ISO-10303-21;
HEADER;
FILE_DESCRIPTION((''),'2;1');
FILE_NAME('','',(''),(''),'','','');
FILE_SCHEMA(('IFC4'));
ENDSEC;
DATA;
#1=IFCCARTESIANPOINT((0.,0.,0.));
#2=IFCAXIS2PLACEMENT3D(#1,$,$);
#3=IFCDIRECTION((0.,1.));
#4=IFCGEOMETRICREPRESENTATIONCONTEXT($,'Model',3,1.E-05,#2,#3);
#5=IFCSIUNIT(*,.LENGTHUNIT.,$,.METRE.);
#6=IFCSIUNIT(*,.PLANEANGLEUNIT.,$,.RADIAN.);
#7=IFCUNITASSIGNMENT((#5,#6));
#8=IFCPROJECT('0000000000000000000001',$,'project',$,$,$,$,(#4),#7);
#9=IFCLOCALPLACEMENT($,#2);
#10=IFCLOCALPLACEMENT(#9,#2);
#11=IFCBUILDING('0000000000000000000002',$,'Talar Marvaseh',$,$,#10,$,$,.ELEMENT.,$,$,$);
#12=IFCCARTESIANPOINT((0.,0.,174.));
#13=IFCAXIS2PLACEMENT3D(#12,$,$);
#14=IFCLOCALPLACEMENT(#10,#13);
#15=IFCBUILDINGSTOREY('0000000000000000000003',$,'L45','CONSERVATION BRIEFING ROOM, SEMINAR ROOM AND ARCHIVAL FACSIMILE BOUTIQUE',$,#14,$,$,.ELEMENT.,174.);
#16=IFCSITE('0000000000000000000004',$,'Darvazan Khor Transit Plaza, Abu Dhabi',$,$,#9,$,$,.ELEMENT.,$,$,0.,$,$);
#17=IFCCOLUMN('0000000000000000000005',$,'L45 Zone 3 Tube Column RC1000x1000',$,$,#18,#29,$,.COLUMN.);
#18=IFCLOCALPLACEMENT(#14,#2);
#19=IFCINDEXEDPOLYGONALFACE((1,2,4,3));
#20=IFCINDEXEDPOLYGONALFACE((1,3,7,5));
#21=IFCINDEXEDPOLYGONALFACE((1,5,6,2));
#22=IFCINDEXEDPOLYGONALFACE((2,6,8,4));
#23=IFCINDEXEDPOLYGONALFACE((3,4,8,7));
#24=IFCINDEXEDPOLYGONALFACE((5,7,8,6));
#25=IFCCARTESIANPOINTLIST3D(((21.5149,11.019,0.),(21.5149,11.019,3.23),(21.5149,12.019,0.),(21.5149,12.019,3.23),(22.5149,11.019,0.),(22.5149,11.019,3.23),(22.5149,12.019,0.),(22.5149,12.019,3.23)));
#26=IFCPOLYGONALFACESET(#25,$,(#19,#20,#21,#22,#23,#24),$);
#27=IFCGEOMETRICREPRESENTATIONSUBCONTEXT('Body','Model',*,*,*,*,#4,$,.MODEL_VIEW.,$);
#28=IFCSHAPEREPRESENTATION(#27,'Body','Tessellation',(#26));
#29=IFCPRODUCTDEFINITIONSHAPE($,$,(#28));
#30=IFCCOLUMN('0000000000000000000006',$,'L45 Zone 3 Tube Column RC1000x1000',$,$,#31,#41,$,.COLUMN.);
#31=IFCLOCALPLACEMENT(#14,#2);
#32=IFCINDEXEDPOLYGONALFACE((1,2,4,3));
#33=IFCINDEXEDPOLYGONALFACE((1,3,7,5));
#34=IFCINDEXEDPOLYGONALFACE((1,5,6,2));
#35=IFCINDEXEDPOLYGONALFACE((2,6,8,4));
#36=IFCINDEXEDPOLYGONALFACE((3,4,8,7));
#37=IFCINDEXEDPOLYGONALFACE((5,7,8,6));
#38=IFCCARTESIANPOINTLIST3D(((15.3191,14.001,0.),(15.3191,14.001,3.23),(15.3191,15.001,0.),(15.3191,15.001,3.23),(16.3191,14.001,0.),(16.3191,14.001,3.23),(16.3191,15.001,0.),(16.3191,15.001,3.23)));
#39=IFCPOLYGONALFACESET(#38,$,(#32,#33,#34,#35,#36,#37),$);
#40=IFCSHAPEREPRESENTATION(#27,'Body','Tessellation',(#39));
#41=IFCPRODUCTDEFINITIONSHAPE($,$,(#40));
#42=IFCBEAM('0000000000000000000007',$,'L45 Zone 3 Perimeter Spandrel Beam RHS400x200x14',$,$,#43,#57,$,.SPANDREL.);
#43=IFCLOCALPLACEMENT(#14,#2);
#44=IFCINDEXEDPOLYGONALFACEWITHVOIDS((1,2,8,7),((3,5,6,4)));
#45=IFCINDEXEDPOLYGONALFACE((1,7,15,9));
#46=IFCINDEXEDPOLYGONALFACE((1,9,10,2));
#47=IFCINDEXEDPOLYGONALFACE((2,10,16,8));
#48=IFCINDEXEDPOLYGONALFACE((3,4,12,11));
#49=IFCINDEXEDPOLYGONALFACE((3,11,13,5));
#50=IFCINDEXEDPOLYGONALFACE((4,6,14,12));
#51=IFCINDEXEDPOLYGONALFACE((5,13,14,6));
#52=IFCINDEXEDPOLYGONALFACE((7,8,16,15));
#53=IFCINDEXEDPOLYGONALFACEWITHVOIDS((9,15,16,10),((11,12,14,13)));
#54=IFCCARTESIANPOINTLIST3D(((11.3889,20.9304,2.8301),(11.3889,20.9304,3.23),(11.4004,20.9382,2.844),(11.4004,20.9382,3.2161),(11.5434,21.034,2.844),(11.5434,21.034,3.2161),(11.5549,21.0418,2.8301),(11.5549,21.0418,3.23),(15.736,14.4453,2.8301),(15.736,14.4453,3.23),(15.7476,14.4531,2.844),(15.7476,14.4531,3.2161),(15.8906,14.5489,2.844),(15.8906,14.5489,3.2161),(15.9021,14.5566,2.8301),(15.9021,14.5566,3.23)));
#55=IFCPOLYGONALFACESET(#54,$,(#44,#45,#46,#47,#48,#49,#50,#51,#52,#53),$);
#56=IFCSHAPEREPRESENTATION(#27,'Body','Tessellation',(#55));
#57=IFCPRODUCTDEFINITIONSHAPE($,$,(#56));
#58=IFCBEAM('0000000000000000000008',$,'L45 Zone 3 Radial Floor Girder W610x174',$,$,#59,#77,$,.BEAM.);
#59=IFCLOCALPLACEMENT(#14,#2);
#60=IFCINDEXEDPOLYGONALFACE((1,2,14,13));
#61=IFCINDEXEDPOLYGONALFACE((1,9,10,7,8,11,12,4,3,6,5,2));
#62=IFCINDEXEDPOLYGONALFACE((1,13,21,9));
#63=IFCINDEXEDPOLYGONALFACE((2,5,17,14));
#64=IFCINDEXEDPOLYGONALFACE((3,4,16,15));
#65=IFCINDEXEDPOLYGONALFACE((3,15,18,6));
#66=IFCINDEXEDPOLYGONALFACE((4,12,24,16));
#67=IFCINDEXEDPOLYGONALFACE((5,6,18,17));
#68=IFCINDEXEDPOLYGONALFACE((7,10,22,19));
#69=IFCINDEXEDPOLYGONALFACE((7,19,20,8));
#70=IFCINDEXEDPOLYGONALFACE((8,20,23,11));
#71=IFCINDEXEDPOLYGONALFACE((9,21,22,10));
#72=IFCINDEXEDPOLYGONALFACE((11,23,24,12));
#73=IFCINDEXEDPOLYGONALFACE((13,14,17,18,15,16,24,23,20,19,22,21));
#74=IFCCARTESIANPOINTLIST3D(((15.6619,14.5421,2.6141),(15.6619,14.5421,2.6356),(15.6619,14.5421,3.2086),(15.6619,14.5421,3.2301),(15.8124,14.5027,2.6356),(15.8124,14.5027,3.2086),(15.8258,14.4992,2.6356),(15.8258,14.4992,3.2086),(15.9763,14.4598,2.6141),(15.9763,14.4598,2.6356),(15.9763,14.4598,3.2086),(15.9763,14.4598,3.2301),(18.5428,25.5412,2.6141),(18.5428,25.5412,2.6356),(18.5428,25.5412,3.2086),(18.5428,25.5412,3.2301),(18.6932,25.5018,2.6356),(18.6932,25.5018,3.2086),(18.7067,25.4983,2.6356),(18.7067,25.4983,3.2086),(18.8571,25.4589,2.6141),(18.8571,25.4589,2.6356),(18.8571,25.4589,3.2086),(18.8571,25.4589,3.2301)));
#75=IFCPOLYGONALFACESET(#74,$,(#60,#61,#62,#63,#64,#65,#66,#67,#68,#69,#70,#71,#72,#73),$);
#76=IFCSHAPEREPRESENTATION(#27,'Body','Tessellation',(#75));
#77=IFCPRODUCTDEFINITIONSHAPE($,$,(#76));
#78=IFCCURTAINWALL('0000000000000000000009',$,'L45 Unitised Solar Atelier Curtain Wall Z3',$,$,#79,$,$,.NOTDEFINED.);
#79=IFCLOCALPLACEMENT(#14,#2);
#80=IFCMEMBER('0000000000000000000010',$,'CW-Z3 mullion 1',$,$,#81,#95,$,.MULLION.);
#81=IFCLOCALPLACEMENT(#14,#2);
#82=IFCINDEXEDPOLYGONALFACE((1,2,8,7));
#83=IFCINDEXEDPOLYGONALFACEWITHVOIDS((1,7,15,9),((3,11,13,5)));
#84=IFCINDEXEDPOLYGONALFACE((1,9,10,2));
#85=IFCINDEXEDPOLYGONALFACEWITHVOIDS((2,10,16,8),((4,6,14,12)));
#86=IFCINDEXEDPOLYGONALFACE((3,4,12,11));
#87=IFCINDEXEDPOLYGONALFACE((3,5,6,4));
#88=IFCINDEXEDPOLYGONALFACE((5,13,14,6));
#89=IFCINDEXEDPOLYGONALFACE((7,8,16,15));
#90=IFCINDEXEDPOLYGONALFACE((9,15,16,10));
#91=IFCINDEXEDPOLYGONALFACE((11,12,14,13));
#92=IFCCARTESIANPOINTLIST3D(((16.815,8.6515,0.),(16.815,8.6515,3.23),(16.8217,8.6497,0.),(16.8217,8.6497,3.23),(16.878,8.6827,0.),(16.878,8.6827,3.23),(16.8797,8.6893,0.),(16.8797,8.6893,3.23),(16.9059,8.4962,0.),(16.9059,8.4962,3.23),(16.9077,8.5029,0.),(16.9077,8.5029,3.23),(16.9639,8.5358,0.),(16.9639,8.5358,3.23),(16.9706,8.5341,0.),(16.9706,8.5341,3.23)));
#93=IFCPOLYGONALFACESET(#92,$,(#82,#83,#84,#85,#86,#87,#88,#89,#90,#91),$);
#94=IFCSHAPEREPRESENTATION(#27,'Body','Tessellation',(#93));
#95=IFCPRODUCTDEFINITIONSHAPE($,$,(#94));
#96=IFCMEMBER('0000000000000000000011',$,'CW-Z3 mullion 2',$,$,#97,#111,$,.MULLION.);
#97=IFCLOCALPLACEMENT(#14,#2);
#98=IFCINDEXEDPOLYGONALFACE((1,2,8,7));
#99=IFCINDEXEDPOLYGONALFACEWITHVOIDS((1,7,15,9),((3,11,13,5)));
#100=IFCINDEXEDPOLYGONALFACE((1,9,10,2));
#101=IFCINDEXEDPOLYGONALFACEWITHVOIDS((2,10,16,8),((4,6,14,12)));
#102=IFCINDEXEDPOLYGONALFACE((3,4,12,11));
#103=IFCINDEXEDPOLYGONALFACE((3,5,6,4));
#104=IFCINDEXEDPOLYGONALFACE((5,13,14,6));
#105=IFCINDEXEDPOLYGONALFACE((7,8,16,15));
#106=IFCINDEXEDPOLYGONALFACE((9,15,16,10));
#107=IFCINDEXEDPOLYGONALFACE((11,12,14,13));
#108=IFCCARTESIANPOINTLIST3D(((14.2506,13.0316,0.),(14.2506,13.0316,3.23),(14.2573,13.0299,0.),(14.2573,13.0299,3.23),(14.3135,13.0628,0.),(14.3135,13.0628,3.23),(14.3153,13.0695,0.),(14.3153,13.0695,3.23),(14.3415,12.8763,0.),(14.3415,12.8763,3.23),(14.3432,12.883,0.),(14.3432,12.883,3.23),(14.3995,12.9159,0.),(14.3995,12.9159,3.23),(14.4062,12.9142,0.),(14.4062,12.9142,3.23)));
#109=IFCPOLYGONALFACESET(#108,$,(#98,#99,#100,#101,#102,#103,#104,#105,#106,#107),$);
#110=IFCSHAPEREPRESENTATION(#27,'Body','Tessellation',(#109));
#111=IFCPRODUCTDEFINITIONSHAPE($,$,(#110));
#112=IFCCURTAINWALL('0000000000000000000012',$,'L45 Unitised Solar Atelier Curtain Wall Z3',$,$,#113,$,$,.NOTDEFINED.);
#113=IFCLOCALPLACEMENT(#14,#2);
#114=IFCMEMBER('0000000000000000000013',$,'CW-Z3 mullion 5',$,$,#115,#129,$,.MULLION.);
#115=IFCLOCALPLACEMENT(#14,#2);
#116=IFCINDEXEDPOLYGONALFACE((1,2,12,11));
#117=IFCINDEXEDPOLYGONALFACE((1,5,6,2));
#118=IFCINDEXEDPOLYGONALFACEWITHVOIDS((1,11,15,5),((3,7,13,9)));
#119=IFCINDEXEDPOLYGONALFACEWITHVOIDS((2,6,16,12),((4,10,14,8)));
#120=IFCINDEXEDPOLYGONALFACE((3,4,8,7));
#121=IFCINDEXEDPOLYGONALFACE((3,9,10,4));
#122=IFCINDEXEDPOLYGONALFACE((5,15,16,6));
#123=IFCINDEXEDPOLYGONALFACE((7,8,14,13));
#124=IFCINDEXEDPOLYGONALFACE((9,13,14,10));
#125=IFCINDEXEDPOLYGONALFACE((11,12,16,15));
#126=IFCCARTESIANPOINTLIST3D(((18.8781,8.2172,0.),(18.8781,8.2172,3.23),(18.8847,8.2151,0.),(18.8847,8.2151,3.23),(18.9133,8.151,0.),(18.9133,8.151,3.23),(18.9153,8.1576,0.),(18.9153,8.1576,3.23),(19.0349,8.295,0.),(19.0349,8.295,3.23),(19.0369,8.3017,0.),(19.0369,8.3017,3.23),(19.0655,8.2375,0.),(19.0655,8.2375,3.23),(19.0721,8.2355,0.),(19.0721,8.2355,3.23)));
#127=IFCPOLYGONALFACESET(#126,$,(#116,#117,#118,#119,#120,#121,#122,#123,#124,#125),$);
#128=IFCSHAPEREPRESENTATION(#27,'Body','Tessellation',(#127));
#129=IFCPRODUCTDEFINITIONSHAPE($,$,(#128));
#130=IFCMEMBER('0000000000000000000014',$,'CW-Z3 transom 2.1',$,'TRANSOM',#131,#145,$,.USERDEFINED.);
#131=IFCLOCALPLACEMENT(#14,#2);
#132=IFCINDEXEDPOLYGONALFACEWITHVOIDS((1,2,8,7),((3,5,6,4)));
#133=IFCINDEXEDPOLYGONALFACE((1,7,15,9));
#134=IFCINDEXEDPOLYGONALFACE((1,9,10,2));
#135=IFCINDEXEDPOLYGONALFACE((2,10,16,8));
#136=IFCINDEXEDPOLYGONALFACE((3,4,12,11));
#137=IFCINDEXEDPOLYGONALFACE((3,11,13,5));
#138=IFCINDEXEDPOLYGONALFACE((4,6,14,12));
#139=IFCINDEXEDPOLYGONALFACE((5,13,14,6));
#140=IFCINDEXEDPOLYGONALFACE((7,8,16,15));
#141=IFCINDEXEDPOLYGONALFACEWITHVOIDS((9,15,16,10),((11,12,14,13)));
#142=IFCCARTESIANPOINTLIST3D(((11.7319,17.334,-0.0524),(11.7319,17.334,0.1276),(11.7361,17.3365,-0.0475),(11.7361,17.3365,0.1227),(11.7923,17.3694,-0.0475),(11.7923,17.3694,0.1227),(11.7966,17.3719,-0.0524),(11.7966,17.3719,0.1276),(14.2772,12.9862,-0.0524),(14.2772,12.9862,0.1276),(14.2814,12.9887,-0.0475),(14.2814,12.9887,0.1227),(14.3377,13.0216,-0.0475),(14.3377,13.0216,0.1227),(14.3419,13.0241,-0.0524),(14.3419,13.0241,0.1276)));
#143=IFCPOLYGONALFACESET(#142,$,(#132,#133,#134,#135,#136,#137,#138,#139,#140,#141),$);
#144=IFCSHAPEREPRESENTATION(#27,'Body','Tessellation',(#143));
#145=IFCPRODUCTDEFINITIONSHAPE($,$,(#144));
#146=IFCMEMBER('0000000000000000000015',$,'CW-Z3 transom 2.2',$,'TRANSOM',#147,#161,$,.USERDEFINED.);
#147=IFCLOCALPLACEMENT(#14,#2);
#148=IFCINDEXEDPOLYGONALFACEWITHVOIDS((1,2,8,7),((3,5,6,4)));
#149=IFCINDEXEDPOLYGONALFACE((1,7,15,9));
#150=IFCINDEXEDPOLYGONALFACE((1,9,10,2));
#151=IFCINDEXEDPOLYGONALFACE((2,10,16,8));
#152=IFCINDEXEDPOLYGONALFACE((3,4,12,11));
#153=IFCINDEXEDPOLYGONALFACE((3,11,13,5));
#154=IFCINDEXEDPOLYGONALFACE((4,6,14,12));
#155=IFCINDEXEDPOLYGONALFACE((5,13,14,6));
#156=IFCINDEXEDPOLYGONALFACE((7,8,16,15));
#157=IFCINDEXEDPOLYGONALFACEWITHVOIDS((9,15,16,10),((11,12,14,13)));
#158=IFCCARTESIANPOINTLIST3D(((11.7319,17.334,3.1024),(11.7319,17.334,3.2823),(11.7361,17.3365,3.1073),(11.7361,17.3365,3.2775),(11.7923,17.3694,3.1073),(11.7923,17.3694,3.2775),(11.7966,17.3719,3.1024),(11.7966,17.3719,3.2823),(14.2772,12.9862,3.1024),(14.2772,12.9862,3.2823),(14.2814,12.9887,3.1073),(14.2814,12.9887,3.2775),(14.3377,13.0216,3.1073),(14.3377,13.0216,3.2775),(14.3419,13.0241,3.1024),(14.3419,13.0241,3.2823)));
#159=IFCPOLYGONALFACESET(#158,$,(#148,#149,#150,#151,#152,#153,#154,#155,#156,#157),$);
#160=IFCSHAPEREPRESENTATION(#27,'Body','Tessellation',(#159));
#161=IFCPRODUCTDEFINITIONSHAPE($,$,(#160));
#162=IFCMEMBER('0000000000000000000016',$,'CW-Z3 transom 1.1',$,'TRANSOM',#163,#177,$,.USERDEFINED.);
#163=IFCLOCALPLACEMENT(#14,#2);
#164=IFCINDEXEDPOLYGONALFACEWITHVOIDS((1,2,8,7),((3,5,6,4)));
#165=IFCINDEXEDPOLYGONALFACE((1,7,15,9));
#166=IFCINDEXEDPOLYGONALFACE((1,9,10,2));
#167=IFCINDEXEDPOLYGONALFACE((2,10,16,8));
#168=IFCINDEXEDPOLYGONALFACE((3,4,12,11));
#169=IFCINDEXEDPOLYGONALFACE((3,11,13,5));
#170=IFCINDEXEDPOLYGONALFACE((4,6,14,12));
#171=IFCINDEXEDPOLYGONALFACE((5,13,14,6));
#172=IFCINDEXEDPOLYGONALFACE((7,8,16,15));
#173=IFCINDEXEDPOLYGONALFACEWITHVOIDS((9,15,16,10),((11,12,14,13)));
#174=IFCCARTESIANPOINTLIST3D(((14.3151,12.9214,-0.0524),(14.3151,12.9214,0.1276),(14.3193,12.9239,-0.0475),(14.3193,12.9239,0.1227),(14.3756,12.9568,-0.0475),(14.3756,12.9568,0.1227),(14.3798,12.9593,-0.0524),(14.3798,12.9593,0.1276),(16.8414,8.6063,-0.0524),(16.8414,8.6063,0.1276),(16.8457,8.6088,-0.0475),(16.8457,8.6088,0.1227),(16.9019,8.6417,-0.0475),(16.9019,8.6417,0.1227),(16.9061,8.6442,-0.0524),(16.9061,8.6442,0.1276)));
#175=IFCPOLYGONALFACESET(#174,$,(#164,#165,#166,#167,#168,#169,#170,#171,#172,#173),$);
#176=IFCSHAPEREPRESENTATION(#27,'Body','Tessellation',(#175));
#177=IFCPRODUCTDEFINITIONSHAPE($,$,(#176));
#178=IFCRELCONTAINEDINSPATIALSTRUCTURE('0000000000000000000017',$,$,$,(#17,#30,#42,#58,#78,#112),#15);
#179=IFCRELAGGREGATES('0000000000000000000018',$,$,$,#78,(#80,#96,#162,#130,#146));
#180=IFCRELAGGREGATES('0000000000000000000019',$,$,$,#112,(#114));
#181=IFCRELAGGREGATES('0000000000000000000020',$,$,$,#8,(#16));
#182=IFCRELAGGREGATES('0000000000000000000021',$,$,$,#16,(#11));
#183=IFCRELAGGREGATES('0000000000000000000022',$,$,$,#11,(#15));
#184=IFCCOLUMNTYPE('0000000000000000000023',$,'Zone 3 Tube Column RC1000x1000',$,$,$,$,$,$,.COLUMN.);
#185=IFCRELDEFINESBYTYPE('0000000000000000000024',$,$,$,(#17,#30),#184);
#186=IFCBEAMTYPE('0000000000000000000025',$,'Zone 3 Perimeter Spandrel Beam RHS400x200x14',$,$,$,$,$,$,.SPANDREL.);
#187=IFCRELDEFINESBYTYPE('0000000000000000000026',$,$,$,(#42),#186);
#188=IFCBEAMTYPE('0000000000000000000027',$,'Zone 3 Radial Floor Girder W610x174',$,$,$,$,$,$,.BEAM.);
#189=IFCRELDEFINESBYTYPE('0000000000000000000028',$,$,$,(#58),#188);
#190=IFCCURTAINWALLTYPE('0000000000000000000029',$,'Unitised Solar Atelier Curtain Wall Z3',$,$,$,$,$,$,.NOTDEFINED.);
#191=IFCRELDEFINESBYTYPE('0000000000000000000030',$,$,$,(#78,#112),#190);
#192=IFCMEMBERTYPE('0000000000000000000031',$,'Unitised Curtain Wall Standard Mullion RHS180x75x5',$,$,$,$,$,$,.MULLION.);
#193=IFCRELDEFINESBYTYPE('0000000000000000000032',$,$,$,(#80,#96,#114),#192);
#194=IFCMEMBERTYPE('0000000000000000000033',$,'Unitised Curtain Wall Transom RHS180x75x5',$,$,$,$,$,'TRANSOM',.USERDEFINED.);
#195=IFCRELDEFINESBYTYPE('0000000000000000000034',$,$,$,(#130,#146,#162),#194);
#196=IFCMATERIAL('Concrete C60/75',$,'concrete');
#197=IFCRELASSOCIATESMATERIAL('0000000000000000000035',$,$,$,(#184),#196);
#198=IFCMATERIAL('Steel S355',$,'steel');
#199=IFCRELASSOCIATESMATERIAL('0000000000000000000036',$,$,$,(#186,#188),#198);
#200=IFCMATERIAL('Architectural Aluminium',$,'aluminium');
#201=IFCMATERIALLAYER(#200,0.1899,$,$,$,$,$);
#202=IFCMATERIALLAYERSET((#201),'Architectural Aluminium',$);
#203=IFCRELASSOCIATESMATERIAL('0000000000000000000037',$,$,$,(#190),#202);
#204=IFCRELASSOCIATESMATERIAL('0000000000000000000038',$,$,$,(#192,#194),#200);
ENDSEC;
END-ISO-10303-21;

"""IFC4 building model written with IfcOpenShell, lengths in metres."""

from ifc_helpers import new_model, si_unit, direction, frame, origin, origin_2d, place, context, subcontext, project, spatial, rectangle, hollow_rectangle, i_section, extrude, source, transform, mapped, material, layer, layer_set, material_profile, profile_set, type_object, type_shapes, element, aggregate, save


model = new_model("IFC4")

# Units and contexts
model_context = context("Model", 3, precision=1e-05, world=origin(), true_north=direction((0.0, 1.0)))
body_context = subcontext(model_context, "Body", "Model", "MODEL_VIEW")
ifc_project = project(units=[si_unit("LENGTHUNIT", "METRE"), si_unit("PLANEANGLEUNIT", "RADIAN")], contexts=[model_context])

# Site, building, storey
site_placement = place(None, origin())
site = spatial("IfcSite", under=ifc_project, at=site_placement, Name="Darvazan Khor Transit Plaza, Abu Dhabi", CompositionType="ELEMENT", RefElevation=0.0)
building_placement = place(site_placement, origin())
building = spatial("IfcBuilding", under=site, at=building_placement, Name="Talar Marvaseh", CompositionType="ELEMENT")
storey_placement = place(building_placement, frame((0.0, 0.0, 174.0)))
storey = spatial("IfcBuildingStorey", under=building, at=storey_placement, Name="L45", Description="CONSERVATION BRIEFING ROOM, SEMINAR ROOM AND ARCHIVAL FACSIMILE BOUTIQUE", CompositionType="ELEMENT", Elevation=174.0)

# Columns
ifc_material_1 = material(Name="Concrete C60/75", Category="concrete")
ifc_material_profile_1 = material_profile(ifc_material_1, rectangle(XDim=1.0, YDim=1.0, at=origin_2d()), Name="RC1000x1000")
ifc_profile_set_1 = profile_set([ifc_material_profile_1], Name="Concrete C60/75")
column_type = type_object("IfcColumnType", Name="Zone 3 Tube Column RC1000x1000", PredefinedType="COLUMN", material=ifc_profile_set_1)
for number, where, z_axis, x_axis, name in (
    (1, (22.0149, 11.519, 0.0), (0.0, 0.0, 1.0), (1.0, 0.0, 0.0), "L45 Zone 3 Tube Column RC1000x1000"),
    (2, (15.8191, 14.501, 0.0), (0.0, 0.0, 1.0), (1.0, 0.0, 0.0), "L45 Zone 3 Tube Column RC1000x1000"),
):
    element("IfcColumn", number, at=place(storey_placement, frame(where, z_axis=z_axis, x_axis=x_axis)), inside=storey, type_object=column_type, Name=name, PredefinedType="COLUMN", context=body_context, shape_type="SweptSolid", body=[
        extrude(rectangle(XDim=1.0, YDim=1.0, at=origin_2d()), origin(), (0.0, 0.0, 1.0), 3.23),
    ])

# Beams
ifc_material_2 = material(Name="Steel S355", Category="steel")
ifc_material_profile_2 = material_profile(ifc_material_2, hollow_rectangle(XDim=0.2, YDim=0.3999, WallThickness=0.0139, at=origin_2d()), Name="RHS400x200x14")
ifc_profile_set_2 = profile_set([ifc_material_profile_2], Name="Steel S355")
beam_type_1 = type_object("IfcBeamType", Name="Zone 3 Perimeter Spandrel Beam RHS400x200x14", PredefinedType="SPANDREL", material=ifc_profile_set_2)
beam_1_placement = place(storey_placement, frame((15.8191, 14.501, 3.03), z_axis=(-0.556806, 0.830643, 0.0), x_axis=(-0.830643, -0.556806, 0.0)))
element("IfcBeam", 3, at=beam_1_placement, inside=storey, type_object=beam_type_1, Name="L45 Zone 3 Perimeter Spandrel Beam RHS400x200x14", PredefinedType="SPANDREL", context=body_context, shape_type="SweptSolid", body=[
    extrude(hollow_rectangle(XDim=0.2, YDim=0.3999, WallThickness=0.0139, at=origin_2d()), origin(), (0.0, 0.0, 1.0), 7.8074),
])
ifc_material_profile_3 = material_profile(ifc_material_2, i_section(OverallWidth=0.325, OverallDepth=0.616, WebThickness=0.0139, FlangeThickness=0.0215, at=origin_2d()), Name="W610x174")
ifc_profile_set_3 = profile_set([ifc_material_profile_3], Name="Steel S355")
beam_type_2 = type_object("IfcBeamType", Name="Zone 3 Radial Floor Girder W610x174", PredefinedType="BEAM", material=ifc_profile_set_3)
beam_2_placement = place(storey_placement, frame((15.8191, 14.501, 2.9221), z_axis=(0.253373, 0.967369, 0.0), x_axis=(-0.967369, 0.253373, 0.0)))
element("IfcBeam", 4, at=beam_2_placement, inside=storey, type_object=beam_type_2, Name="L45 Zone 3 Radial Floor Girder W610x174", PredefinedType="BEAM", context=body_context, shape_type="SweptSolid", body=[
    extrude(i_section(OverallWidth=0.325, OverallDepth=0.616, WebThickness=0.0139, FlangeThickness=0.0215, at=origin_2d()), origin(), (0.0, 0.0, 1.0), 11.3701),
])

# Curtain wall, members
ifc_material_3 = material(Name="Architectural Aluminium", Category="aluminium")
ifc_layer_1 = layer(ifc_material_3, 0.1899)
ifc_layer_set_1 = layer_set([ifc_layer_1], Name="Architectural Aluminium")
curtain_wall_type = type_object("IfcCurtainWallType", Name="Unitised Solar Atelier Curtain Wall Z3", PredefinedType="NOTDEFINED", material=ifc_layer_set_1)
curtain_wall_1_placement = place(storey_placement, origin())
curtain_wall_1 = element("IfcCurtainWall", 5, at=curtain_wall_1_placement, inside=storey, type_object=curtain_wall_type, Name="L45 Unitised Solar Atelier Curtain Wall Z3", PredefinedType="NOTDEFINED")
ifc_material_profile_4 = material_profile(ifc_material_3, hollow_rectangle(XDim=0.075, YDim=0.1799, WallThickness=0.0049, at=origin_2d()), Name="RHS180x75x5")
ifc_profile_set_4 = profile_set([ifc_material_profile_4], Name="Architectural Aluminium")
member_type_1 = type_object("IfcMemberType", Name="Unitised Curtain Wall Standard Mullion RHS180x75x5", PredefinedType="MULLION", material=ifc_profile_set_4)
shared_shape_1 = source(origin(), body_context, "Body", "SweptSolid", [
    extrude(hollow_rectangle(XDim=0.075, YDim=0.1799, WallThickness=0.0049, at=origin_2d()), origin(), (0.0, 0.0, 1.0), 3.23),
])
type_shapes(member_type_1, [shared_shape_1])
member_1_placement = place(storey_placement, frame((16.8928, 8.5928, 0.0), z_axis=(0.0, 0.0, 1.0), x_axis=(-0.862987, -0.505227, 0.0)))
member_1 = element("IfcMember", 6, at=member_1_placement, type_object=member_type_1, Name="CW-Z3 mullion 1", PredefinedType="MULLION", context=body_context, shape_type="MappedRepresentation", body=[
    mapped(shared_shape_1, transform((0.0, 0.0, 0.0), x_axis=(1.0, 0.0, 0.0), y_axis=(0.0, 1.0, 0.0), z_axis=(0.0, 0.0, 1.0), scale=1.0)),
])
member_2_placement = place(storey_placement, frame((14.3284, 12.9729, 0.0), z_axis=(0.0, 0.0, 1.0), x_axis=(-0.862987, -0.505227, 0.0)))
member_2 = element("IfcMember", 7, at=member_2_placement, type_object=member_type_1, Name="CW-Z3 mullion 2", PredefinedType="MULLION", context=body_context, shape_type="MappedRepresentation", body=[
    mapped(shared_shape_1, transform((0.0, 0.0, 0.0), x_axis=(1.0, 0.0, 0.0), y_axis=(0.0, 1.0, 0.0), z_axis=(0.0, 0.0, 1.0), scale=1.0)),
])

# Curtain wall, member
curtain_wall_2_placement = place(storey_placement, origin())
curtain_wall_2 = element("IfcCurtainWall", 8, at=curtain_wall_2_placement, inside=storey, type_object=curtain_wall_type, Name="L45 Unitised Solar Atelier Curtain Wall Z3", PredefinedType="NOTDEFINED")
member_3_placement = place(storey_placement, frame((18.9751, 8.2263, 0.0), z_axis=(0.0, 0.0, 1.0), x_axis=(0.46961, -0.882874, 0.0)))
member_3 = element("IfcMember", 9, at=member_3_placement, type_object=member_type_1, Name="CW-Z3 mullion 5", PredefinedType="MULLION", context=body_context, shape_type="MappedRepresentation", body=[
    mapped(shared_shape_1, transform((0.0, 0.0, 0.0), x_axis=(1.0, 0.0, 0.0), y_axis=(0.0, 1.0, 0.0), z_axis=(0.0, 0.0, 1.0), scale=1.0)),
])

# Members
ifc_material_profile_5 = material_profile(ifc_material_3, hollow_rectangle(XDim=0.075, YDim=0.1799, WallThickness=0.0049, at=origin_2d()), Name="RHS180x75x5")
ifc_profile_set_5 = profile_set([ifc_material_profile_5], Name="Architectural Aluminium")
member_type_2 = type_object("IfcMemberType", Name="Unitised Curtain Wall Transom RHS180x75x5", ElementType="TRANSOM", PredefinedType="USERDEFINED", material=ifc_profile_set_5)
shared_shape_2 = source(origin(), body_context, "Body", "SweptSolid", [
    extrude(hollow_rectangle(XDim=0.075, YDim=0.1799, WallThickness=0.0049, at=origin_2d()), origin(), (0.0, 0.0, 1.0), 5.0381),
])
member_4_placement = place(storey_placement, frame((14.3096, 13.0051, 0.0376), z_axis=(-0.505223, 0.862989, 0.0), x_axis=(-0.862989, -0.505223, 0.0)))
member_4 = element("IfcMember", 10, at=member_4_placement, type_object=member_type_2, Name="CW-Z3 transom 2.1", ObjectType="TRANSOM", PredefinedType="USERDEFINED", context=body_context, shape_type="MappedRepresentation", body=[
    mapped(shared_shape_2, transform((0.0, 0.0, 0.0), x_axis=(1.0, 0.0, 0.0), y_axis=(0.0, 1.0, 0.0), z_axis=(0.0, 0.0, 1.0), scale=1.0)),
])
member_5_placement = place(storey_placement, frame((14.3096, 13.0051, 3.1924), z_axis=(-0.505223, 0.862989, 0.0), x_axis=(-0.862989, -0.505223, 0.0)))
member_5 = element("IfcMember", 11, at=member_5_placement, type_object=member_type_2, Name="CW-Z3 transom 2.2", ObjectType="TRANSOM", PredefinedType="USERDEFINED", context=body_context, shape_type="MappedRepresentation", body=[
    mapped(shared_shape_2, transform((0.0, 0.0, 0.0), x_axis=(1.0, 0.0, 0.0), y_axis=(0.0, 1.0, 0.0), z_axis=(0.0, 0.0, 1.0), scale=1.0)),
])
shared_shape_3 = source(origin(), body_context, "Body", "SweptSolid", [
    extrude(hollow_rectangle(XDim=0.075, YDim=0.1799, WallThickness=0.0049, at=origin_2d()), origin(), (0.0, 0.0, 1.0), 5.0002),
])
type_shapes(member_type_2, [shared_shape_2, shared_shape_3])
member_6_placement = place(storey_placement, frame((16.8738, 8.6252, 0.0376), z_axis=(-0.50524, 0.862979, 0.0), x_axis=(-0.862979, -0.50524, 0.0)))
member_6 = element("IfcMember", 12, at=member_6_placement, type_object=member_type_2, Name="CW-Z3 transom 1.1", ObjectType="TRANSOM", PredefinedType="USERDEFINED", context=body_context, shape_type="MappedRepresentation", body=[
    mapped(shared_shape_3, transform((0.0, 0.0, 0.0), x_axis=(1.0, 0.0, 0.0), y_axis=(0.0, 1.0, 0.0), z_axis=(0.0, 0.0, 1.0), scale=1.0)),
])

aggregate(curtain_wall_1, [member_1, member_2, member_6, member_4, member_5])
aggregate(curtain_wall_2, [member_3])

save(model, "model.ifc")
